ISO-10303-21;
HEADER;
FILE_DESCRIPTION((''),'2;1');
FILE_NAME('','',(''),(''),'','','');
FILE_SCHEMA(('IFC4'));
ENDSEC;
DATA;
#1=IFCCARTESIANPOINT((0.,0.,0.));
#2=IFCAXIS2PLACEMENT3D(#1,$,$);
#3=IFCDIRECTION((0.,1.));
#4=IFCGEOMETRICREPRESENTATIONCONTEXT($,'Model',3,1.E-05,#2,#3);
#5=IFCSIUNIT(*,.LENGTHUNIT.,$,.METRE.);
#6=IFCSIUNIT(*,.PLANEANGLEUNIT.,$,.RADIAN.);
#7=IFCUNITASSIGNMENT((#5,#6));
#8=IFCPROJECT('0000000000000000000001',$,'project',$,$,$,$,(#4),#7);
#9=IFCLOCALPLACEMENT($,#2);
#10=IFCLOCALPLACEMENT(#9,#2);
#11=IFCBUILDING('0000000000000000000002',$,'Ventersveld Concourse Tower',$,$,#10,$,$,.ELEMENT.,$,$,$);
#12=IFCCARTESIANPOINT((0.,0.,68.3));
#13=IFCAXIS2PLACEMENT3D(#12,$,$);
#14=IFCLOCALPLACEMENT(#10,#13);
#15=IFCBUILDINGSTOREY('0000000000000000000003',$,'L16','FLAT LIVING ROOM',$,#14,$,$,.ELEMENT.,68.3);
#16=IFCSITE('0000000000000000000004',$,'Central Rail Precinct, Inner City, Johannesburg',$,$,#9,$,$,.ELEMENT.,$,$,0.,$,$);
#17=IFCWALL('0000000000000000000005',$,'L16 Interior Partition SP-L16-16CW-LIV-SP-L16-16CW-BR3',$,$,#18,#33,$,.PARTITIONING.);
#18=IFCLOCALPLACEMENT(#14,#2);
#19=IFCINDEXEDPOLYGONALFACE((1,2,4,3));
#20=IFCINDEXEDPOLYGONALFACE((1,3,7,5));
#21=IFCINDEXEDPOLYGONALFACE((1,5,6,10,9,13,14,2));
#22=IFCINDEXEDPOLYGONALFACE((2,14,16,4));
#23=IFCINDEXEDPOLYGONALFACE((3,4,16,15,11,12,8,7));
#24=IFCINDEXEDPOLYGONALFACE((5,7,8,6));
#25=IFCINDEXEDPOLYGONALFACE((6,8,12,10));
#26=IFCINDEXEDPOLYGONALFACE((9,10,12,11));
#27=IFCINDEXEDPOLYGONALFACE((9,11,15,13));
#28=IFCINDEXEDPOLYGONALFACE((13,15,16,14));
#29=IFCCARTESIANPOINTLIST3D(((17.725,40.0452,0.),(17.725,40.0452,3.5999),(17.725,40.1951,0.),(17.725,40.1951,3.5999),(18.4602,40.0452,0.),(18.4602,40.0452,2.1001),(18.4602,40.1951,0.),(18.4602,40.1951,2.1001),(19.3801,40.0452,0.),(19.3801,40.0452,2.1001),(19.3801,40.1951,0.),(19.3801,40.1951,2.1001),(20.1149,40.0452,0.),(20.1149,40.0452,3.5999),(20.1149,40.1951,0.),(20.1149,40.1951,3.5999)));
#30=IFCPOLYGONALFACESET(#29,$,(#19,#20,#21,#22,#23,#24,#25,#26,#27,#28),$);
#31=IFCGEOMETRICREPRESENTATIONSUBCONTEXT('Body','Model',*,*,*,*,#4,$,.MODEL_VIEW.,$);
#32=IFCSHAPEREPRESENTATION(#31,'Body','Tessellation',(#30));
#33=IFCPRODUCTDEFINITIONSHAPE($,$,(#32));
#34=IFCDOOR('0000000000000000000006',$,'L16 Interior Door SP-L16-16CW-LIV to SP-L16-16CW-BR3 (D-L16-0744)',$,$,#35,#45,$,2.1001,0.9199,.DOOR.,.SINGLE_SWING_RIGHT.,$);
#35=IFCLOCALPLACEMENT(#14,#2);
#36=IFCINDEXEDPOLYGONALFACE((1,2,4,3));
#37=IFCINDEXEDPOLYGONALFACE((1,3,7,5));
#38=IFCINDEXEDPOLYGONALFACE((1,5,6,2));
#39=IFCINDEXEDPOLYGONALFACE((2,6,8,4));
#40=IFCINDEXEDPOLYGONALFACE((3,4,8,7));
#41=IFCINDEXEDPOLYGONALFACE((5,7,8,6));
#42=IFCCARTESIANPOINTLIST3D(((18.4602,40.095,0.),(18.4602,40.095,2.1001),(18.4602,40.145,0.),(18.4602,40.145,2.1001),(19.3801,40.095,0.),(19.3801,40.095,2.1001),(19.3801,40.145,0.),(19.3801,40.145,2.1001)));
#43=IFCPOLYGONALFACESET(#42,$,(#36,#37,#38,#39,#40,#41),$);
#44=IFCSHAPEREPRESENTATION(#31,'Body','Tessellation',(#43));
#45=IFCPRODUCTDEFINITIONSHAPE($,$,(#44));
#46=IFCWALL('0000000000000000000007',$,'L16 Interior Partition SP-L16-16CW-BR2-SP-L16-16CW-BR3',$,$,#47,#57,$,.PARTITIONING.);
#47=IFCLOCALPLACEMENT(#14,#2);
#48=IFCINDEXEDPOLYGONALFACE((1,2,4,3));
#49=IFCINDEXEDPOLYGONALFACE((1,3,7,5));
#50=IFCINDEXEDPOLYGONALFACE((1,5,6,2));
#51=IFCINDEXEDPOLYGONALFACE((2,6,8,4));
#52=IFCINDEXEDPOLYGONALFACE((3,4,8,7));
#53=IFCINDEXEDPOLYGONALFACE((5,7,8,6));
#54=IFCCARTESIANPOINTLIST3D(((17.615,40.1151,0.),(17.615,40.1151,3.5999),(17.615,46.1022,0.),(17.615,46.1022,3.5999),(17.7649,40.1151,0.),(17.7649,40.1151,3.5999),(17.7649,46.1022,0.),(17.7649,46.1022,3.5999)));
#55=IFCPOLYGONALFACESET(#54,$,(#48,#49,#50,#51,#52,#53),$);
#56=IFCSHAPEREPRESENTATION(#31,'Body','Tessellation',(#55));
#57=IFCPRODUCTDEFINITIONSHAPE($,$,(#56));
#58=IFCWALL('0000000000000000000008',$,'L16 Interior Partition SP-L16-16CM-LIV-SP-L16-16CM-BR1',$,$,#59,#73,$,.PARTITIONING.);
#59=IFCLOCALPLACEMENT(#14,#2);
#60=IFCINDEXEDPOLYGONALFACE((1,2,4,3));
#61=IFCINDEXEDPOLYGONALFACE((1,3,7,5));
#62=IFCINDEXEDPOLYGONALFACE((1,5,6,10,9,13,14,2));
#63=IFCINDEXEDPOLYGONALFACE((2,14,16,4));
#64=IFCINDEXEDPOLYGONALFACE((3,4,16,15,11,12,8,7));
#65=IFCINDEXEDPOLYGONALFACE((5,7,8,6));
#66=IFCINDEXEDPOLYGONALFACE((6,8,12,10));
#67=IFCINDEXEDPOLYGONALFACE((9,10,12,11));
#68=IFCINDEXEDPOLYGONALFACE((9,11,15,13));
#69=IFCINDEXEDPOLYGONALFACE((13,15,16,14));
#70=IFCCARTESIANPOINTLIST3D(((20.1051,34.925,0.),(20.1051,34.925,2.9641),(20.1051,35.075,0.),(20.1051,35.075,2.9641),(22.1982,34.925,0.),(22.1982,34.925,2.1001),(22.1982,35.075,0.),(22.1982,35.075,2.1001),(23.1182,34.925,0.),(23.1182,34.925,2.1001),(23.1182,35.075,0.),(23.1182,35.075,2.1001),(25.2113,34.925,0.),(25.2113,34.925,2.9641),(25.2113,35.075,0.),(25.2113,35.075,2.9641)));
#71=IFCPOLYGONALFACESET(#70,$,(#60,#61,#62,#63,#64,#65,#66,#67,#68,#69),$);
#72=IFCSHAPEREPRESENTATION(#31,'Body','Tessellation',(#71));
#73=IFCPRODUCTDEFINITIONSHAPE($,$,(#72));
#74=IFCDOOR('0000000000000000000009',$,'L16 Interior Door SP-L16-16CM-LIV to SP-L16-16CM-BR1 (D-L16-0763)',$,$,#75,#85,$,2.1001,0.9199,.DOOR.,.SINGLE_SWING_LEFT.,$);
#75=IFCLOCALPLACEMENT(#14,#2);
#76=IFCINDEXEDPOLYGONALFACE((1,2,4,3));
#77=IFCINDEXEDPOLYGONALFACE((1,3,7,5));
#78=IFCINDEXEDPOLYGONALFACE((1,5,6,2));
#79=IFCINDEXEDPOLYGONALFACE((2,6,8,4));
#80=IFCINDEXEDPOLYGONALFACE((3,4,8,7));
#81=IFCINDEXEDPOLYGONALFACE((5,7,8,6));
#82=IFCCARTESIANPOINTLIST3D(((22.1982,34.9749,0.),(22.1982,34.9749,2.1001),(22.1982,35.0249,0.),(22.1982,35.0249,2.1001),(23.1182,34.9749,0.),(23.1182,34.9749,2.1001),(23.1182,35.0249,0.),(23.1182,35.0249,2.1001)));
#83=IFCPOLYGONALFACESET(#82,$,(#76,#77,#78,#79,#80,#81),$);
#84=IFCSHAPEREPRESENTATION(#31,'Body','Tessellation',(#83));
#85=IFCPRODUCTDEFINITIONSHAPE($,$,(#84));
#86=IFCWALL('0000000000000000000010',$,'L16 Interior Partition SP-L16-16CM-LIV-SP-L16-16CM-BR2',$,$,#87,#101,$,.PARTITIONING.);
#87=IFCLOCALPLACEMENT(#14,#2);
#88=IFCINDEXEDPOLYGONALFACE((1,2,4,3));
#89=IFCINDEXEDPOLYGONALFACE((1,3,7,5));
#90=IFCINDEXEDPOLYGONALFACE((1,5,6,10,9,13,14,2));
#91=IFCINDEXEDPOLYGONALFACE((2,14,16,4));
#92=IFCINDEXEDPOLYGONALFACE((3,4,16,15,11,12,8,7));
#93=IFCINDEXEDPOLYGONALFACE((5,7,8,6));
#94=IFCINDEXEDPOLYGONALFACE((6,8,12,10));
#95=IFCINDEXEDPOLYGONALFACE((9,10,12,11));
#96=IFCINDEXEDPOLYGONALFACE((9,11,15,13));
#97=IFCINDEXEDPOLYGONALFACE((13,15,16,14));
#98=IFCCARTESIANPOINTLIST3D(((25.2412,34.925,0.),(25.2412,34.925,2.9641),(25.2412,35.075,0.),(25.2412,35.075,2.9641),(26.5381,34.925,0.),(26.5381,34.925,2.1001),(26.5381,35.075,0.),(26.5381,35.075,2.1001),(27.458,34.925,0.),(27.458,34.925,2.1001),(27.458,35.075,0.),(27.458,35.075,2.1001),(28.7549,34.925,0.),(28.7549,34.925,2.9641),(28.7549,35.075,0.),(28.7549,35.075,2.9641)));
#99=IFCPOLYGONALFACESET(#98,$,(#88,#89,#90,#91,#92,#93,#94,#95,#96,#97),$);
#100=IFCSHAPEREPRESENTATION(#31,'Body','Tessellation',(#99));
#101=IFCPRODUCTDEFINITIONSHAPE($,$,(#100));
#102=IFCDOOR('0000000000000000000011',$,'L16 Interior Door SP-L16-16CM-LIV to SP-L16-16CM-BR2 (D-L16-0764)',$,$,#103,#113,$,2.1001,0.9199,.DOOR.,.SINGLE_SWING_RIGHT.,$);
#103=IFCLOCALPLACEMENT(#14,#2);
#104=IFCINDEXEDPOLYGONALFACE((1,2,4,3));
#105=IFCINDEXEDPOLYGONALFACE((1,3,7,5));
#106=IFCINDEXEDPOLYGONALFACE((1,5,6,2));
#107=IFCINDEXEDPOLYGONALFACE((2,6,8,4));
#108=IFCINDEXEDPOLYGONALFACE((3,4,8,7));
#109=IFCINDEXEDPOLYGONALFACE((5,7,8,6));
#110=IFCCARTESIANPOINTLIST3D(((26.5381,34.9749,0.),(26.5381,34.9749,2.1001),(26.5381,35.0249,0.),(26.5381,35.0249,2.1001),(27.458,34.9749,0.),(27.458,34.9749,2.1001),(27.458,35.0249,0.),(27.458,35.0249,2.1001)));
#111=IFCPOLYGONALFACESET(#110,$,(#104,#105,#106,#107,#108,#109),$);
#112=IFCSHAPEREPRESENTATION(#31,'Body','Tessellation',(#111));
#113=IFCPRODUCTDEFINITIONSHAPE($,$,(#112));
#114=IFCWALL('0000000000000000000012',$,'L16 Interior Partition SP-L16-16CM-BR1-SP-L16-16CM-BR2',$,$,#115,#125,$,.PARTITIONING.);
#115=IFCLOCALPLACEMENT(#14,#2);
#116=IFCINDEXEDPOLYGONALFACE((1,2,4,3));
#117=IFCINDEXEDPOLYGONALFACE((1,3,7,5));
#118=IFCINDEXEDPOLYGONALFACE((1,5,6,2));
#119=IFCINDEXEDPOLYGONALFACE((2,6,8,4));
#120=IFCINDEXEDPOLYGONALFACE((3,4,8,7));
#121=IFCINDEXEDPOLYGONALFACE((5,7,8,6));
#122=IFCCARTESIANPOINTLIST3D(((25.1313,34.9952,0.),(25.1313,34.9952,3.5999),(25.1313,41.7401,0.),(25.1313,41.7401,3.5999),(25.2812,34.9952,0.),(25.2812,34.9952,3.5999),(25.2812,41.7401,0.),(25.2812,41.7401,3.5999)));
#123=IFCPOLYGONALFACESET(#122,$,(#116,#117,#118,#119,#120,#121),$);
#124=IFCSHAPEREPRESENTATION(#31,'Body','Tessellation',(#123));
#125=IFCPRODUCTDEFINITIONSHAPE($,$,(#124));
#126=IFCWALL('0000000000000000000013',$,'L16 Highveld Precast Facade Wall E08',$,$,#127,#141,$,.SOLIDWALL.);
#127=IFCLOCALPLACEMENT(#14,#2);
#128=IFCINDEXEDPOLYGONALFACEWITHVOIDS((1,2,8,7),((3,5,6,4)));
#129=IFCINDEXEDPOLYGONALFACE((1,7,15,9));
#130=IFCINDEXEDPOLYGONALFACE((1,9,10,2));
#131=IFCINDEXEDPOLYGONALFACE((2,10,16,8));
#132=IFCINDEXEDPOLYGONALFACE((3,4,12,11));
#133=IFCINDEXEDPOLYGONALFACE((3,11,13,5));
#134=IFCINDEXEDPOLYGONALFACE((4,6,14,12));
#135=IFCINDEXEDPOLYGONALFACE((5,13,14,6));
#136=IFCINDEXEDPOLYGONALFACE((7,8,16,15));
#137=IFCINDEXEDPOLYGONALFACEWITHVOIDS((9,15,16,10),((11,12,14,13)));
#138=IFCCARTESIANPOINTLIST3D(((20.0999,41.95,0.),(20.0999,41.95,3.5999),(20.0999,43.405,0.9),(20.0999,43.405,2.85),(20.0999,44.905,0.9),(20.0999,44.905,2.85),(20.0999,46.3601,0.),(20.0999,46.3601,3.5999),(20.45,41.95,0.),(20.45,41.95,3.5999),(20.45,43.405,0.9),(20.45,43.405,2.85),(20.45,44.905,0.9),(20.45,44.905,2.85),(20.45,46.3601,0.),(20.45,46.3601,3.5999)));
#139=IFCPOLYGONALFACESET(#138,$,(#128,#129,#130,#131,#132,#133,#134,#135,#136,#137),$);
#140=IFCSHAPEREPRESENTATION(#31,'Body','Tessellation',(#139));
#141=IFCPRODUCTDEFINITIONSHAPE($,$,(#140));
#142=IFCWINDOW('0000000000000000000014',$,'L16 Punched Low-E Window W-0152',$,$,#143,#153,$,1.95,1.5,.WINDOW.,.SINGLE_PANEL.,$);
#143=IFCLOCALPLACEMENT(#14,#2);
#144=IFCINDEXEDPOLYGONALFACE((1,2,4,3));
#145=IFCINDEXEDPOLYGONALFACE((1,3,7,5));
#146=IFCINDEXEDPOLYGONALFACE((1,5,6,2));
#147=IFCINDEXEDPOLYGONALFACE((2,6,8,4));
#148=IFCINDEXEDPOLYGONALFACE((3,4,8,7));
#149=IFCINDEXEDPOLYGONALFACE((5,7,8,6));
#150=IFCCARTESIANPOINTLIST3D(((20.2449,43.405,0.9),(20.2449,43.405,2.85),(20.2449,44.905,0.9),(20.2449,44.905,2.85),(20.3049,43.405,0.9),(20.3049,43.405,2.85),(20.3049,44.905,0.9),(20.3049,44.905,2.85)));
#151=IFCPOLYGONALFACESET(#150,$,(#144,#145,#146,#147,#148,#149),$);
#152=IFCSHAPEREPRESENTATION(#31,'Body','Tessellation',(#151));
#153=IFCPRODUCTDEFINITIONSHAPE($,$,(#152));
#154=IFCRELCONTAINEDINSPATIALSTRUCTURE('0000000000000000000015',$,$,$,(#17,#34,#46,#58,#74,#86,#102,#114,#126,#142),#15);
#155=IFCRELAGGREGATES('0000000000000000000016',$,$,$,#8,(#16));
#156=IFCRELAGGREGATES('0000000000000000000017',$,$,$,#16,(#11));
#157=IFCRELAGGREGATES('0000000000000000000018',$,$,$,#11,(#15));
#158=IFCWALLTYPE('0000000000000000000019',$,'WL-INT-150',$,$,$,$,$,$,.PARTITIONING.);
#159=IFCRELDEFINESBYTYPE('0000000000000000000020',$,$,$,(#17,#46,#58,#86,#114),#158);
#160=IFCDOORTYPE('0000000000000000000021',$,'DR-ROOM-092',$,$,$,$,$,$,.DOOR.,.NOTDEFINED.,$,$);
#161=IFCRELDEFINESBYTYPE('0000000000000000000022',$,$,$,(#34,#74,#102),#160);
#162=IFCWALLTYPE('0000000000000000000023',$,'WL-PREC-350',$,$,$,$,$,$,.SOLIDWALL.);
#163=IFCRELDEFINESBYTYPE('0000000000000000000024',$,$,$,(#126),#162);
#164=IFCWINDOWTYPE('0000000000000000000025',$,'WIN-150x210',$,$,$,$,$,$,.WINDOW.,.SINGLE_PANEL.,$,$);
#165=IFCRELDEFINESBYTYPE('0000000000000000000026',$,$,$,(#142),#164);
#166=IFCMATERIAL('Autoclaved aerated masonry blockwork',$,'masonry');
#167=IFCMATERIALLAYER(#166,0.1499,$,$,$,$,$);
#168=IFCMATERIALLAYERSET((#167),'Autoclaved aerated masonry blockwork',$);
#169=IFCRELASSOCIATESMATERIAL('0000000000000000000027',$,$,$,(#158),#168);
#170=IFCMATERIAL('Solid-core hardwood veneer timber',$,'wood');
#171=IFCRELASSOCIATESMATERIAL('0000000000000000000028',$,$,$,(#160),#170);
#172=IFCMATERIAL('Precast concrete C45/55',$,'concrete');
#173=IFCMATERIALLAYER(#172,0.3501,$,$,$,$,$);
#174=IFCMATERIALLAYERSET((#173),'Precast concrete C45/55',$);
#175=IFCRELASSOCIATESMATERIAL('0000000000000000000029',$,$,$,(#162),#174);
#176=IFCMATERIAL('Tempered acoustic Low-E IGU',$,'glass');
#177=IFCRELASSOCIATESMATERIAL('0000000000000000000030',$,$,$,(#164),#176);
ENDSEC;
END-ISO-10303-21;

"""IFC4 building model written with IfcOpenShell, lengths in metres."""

from ifc_helpers import new_model, si_unit, direction, frame, frame_2d, origin, place, context, subcontext, project, spatial, rectangle, extrude, material, layer, layer_set, type_object, element, fill, save


model = new_model("IFC4")

# Units and contexts
model_context = context("Model", 3, precision=1e-05, world=origin(), true_north=direction((0.0, 1.0)))
body_context = subcontext(model_context, "Body", "Model", "MODEL_VIEW")
ifc_project = project(units=[si_unit("LENGTHUNIT", "METRE"), si_unit("PLANEANGLEUNIT", "RADIAN")], contexts=[model_context])

# Site, building, storey
site_placement = place(None, origin())
site = spatial("IfcSite", under=ifc_project, at=site_placement, Name="Central Rail Precinct, Inner City, Johannesburg", CompositionType="ELEMENT", RefElevation=0.0)
building_placement = place(site_placement, origin())
building = spatial("IfcBuilding", under=site, at=building_placement, Name="Ventersveld Concourse Tower", CompositionType="ELEMENT")
storey_placement = place(building_placement, frame((0.0, 0.0, 68.3)))
storey = spatial("IfcBuildingStorey", under=building, at=storey_placement, Name="L16", Description="FLAT LIVING ROOM", CompositionType="ELEMENT", Elevation=68.3)

# Shared definitions
ifc_material_1 = material(Name="Autoclaved aerated masonry blockwork", Category="masonry")
ifc_layer_1 = layer(ifc_material_1, 0.1499)
ifc_layer_set_1 = layer_set([ifc_layer_1], Name="Autoclaved aerated masonry blockwork")
wall_type_1 = type_object("IfcWallType", Name="WL-INT-150", PredefinedType="PARTITIONING", material=ifc_layer_set_1)

# Wall, opening, door
ifc_material_2 = material(Name="Solid-core hardwood veneer timber", Category="wood")
door_type = type_object("IfcDoorType", Name="DR-ROOM-092", OperationType="NOTDEFINED", PredefinedType="DOOR", material=ifc_material_2)
wall_1_placement = place(storey_placement, frame((17.7251, 40.1201, 0.0), z_axis=(0.0, 0.0, 1.0), x_axis=(1.0, 0.0, 0.0)))
wall_1 = element("IfcWall", 1, at=wall_1_placement, inside=storey, type_object=wall_type_1, Name="L16 Interior Partition SP-L16-16CW-LIV-SP-L16-16CW-BR3", PredefinedType="PARTITIONING", context=body_context, shape_type="SweptSolid", body=[
    extrude(rectangle(XDim=2.3899, YDim=0.1499, at=frame_2d((1.1948, 0.0))), origin(), (0.0, 0.0, 1.0), 3.5999),
])
opening_1_placement = place(wall_1_placement, frame((0.7351, 0.0, 0.0)))
opening_1 = element("IfcOpeningElement", 2, at=opening_1_placement, cuts=wall_1, PredefinedType="OPENING", context=body_context, shape_type="SweptSolid", body=[
    extrude(rectangle(XDim=0.9199, YDim=2.1001, at=frame_2d((0.46, 1.05))), frame((0.0, 0.085, 0.0), z_axis=(0.0, -1.0, 0.0), x_axis=(1.0, 0.0, 0.0)), (0.0, 0.0, 1.0), 0.1699),
])
door_1_placement = place(opening_1_placement, origin())
door_1 = element("IfcDoor", 3, at=door_1_placement, inside=storey, type_object=door_type, Name="L16 Interior Door SP-L16-16CW-LIV to SP-L16-16CW-BR3 (D-L16-0744)", OperationType="SINGLE_SWING_RIGHT", OverallHeight=2.1001, OverallWidth=0.9199, PredefinedType="DOOR", context=body_context, shape_type="SweptSolid", body=[
    extrude(rectangle(XDim=0.9199, YDim=2.1001, at=frame_2d((0.46, 1.05))), frame((0.0, 0.0249, 0.0), z_axis=(0.0, -1.0, 0.0), x_axis=(1.0, 0.0, 0.0)), (0.0, 0.0, 1.0), 0.05),
])
fill(opening_1, door_1)

# Wall
wall_2_placement = place(storey_placement, frame((17.6899, 40.115, 0.0), z_axis=(0.0, 0.0, 1.0), x_axis=(0.0, 1.0, 0.0)))
element("IfcWall", 4, at=wall_2_placement, inside=storey, type_object=wall_type_1, Name="L16 Interior Partition SP-L16-16CW-BR2-SP-L16-16CW-BR3", PredefinedType="PARTITIONING", context=body_context, shape_type="SweptSolid", body=[
    extrude(rectangle(XDim=5.9871, YDim=0.1499, at=frame_2d((2.9937, 0.0))), origin(), (0.0, 0.0, 1.0), 3.5999),
])

# Walls, openings, doors
wall_3_placement = place(storey_placement, frame((20.105, 35.0, 0.0), z_axis=(0.0, 0.0, 1.0), x_axis=(1.0, 0.0, 0.0)))
wall_3 = element("IfcWall", 5, at=wall_3_placement, inside=storey, type_object=wall_type_1, Name="L16 Interior Partition SP-L16-16CM-LIV-SP-L16-16CM-BR1", PredefinedType="PARTITIONING", context=body_context, shape_type="SweptSolid", body=[
    extrude(rectangle(XDim=5.1062, YDim=0.1499, at=frame_2d((2.5532, 0.0))), origin(), (0.0, 0.0, 1.0), 2.9641),
])
opening_2_placement = place(wall_3_placement, frame((2.0933, 0.0, 0.0)))
opening_2 = element("IfcOpeningElement", 6, at=opening_2_placement, cuts=wall_3, PredefinedType="OPENING", context=body_context, shape_type="SweptSolid", body=[
    extrude(rectangle(XDim=0.9199, YDim=2.1001, at=frame_2d((0.46, 1.05))), frame((0.0, 0.085, 0.0), z_axis=(0.0, -1.0, 0.0), x_axis=(1.0, 0.0, 0.0)), (0.0, 0.0, 1.0), 0.1699),
])
door_2_placement = place(opening_2_placement, origin())
door_2 = element("IfcDoor", 7, at=door_2_placement, inside=storey, type_object=door_type, Name="L16 Interior Door SP-L16-16CM-LIV to SP-L16-16CM-BR1 (D-L16-0763)", OperationType="SINGLE_SWING_LEFT", OverallHeight=2.1001, OverallWidth=0.9199, PredefinedType="DOOR", context=body_context, shape_type="SweptSolid", body=[
    extrude(rectangle(XDim=0.9199, YDim=2.1001, at=frame_2d((0.46, 1.05))), frame((0.0, 0.0249, 0.0), z_axis=(0.0, -1.0, 0.0), x_axis=(1.0, 0.0, 0.0)), (0.0, 0.0, 1.0), 0.05),
])
fill(opening_2, door_2)
wall_4_placement = place(storey_placement, frame((25.2412, 35.0, 0.0), z_axis=(0.0, 0.0, 1.0), x_axis=(1.0, 0.0, 0.0)))
wall_4 = element("IfcWall", 8, at=wall_4_placement, inside=storey, type_object=wall_type_1, Name="L16 Interior Partition SP-L16-16CM-LIV-SP-L16-16CM-BR2", PredefinedType="PARTITIONING", context=body_context, shape_type="SweptSolid", body=[
    extrude(rectangle(XDim=3.5137, YDim=0.1499, at=frame_2d((1.7568, 0.0))), origin(), (0.0, 0.0, 1.0), 2.9641),
])
opening_3_placement = place(wall_4_placement, frame((1.2969, 0.0, 0.0)))
opening_3 = element("IfcOpeningElement", 9, at=opening_3_placement, cuts=wall_4, PredefinedType="OPENING", context=body_context, shape_type="SweptSolid", body=[
    extrude(rectangle(XDim=0.9199, YDim=2.1001, at=frame_2d((0.46, 1.05))), frame((0.0, 0.085, 0.0), z_axis=(0.0, -1.0, 0.0), x_axis=(1.0, 0.0, 0.0)), (0.0, 0.0, 1.0), 0.1699),
])
door_3_placement = place(opening_3_placement, origin())
door_3 = element("IfcDoor", 10, at=door_3_placement, inside=storey, type_object=door_type, Name="L16 Interior Door SP-L16-16CM-LIV to SP-L16-16CM-BR2 (D-L16-0764)", OperationType="SINGLE_SWING_RIGHT", OverallHeight=2.1001, OverallWidth=0.9199, PredefinedType="DOOR", context=body_context, shape_type="SweptSolid", body=[
    extrude(rectangle(XDim=0.9199, YDim=2.1001, at=frame_2d((0.46, 1.05))), frame((0.0, 0.0249, 0.0), z_axis=(0.0, -1.0, 0.0), x_axis=(1.0, 0.0, 0.0)), (0.0, 0.0, 1.0), 0.05),
])
fill(opening_3, door_3)

# Wall
wall_5_placement = place(storey_placement, frame((25.2063, 34.9951, 0.0), z_axis=(0.0, 0.0, 1.0), x_axis=(0.0, 1.0, 0.0)))
element("IfcWall", 11, at=wall_5_placement, inside=storey, type_object=wall_type_1, Name="L16 Interior Partition SP-L16-16CM-BR1-SP-L16-16CM-BR2", PredefinedType="PARTITIONING", context=body_context, shape_type="SweptSolid", body=[
    extrude(rectangle(XDim=6.7449, YDim=0.1499, at=frame_2d((3.3726, 0.0))), origin(), (0.0, 0.0, 1.0), 3.5999),
])

# Wall, opening, window
ifc_material_3 = material(Name="Precast concrete C45/55", Category="concrete")
ifc_layer_2 = layer(ifc_material_3, 0.3501)
ifc_layer_set_2 = layer_set([ifc_layer_2], Name="Precast concrete C45/55")
wall_type_2 = type_object("IfcWallType", Name="WL-PREC-350", PredefinedType="SOLIDWALL", material=ifc_layer_set_2)
wall_6_placement = place(storey_placement, frame((20.2749, 41.95, 0.0), z_axis=(0.0, 0.0, 1.0), x_axis=(0.0, 1.0, 0.0)))
wall_6 = element("IfcWall", 12, at=wall_6_placement, inside=storey, type_object=wall_type_2, Name="L16 Highveld Precast Facade Wall E08", PredefinedType="SOLIDWALL", context=body_context, shape_type="SweptSolid", body=[
    extrude(rectangle(XDim=4.4102, YDim=0.3501, at=frame_2d((2.2051, 0.0))), origin(), (0.0, 0.0, 1.0), 3.5999),
])
opening_4_placement = place(wall_6_placement, frame((1.4551, 0.0, 0.8999)))
opening_4 = element("IfcOpeningElement", 13, at=opening_4_placement, cuts=wall_6, PredefinedType="OPENING", context=body_context, shape_type="SweptSolid", body=[
    extrude(rectangle(XDim=1.5, YDim=1.95, at=frame_2d((0.75, 0.9751))), frame((0.0, 0.1851, 0.0), z_axis=(0.0, -1.0, 0.0), x_axis=(1.0, 0.0, 0.0)), (0.0, 0.0, 1.0), 0.3701),
])
ifc_material_4 = material(Name="Tempered acoustic Low-E IGU", Category="glass")
window_type_1 = type_object("IfcWindowType", Name="WIN-150x210", PartitioningType="SINGLE_PANEL", PredefinedType="WINDOW", material=ifc_material_4)
window_1_placement = place(opening_4_placement, origin())
window_1 = element("IfcWindow", 14, at=window_1_placement, inside=storey, type_object=window_type_1, Name="L16 Punched Low-E Window W-0152", OverallHeight=1.95, OverallWidth=1.5, PartitioningType="SINGLE_PANEL", PredefinedType="WINDOW", context=body_context, shape_type="SweptSolid", body=[
    extrude(rectangle(XDim=1.5, YDim=1.95, at=frame_2d((0.75, 0.9751))), frame((0.0, 0.03, 0.0), z_axis=(0.0, -1.0, 0.0), x_axis=(1.0, 0.0, 0.0)), (0.0, 0.0, 1.0), 0.0601),
])
fill(opening_4, window_1)

save(model, "model.ifc")
